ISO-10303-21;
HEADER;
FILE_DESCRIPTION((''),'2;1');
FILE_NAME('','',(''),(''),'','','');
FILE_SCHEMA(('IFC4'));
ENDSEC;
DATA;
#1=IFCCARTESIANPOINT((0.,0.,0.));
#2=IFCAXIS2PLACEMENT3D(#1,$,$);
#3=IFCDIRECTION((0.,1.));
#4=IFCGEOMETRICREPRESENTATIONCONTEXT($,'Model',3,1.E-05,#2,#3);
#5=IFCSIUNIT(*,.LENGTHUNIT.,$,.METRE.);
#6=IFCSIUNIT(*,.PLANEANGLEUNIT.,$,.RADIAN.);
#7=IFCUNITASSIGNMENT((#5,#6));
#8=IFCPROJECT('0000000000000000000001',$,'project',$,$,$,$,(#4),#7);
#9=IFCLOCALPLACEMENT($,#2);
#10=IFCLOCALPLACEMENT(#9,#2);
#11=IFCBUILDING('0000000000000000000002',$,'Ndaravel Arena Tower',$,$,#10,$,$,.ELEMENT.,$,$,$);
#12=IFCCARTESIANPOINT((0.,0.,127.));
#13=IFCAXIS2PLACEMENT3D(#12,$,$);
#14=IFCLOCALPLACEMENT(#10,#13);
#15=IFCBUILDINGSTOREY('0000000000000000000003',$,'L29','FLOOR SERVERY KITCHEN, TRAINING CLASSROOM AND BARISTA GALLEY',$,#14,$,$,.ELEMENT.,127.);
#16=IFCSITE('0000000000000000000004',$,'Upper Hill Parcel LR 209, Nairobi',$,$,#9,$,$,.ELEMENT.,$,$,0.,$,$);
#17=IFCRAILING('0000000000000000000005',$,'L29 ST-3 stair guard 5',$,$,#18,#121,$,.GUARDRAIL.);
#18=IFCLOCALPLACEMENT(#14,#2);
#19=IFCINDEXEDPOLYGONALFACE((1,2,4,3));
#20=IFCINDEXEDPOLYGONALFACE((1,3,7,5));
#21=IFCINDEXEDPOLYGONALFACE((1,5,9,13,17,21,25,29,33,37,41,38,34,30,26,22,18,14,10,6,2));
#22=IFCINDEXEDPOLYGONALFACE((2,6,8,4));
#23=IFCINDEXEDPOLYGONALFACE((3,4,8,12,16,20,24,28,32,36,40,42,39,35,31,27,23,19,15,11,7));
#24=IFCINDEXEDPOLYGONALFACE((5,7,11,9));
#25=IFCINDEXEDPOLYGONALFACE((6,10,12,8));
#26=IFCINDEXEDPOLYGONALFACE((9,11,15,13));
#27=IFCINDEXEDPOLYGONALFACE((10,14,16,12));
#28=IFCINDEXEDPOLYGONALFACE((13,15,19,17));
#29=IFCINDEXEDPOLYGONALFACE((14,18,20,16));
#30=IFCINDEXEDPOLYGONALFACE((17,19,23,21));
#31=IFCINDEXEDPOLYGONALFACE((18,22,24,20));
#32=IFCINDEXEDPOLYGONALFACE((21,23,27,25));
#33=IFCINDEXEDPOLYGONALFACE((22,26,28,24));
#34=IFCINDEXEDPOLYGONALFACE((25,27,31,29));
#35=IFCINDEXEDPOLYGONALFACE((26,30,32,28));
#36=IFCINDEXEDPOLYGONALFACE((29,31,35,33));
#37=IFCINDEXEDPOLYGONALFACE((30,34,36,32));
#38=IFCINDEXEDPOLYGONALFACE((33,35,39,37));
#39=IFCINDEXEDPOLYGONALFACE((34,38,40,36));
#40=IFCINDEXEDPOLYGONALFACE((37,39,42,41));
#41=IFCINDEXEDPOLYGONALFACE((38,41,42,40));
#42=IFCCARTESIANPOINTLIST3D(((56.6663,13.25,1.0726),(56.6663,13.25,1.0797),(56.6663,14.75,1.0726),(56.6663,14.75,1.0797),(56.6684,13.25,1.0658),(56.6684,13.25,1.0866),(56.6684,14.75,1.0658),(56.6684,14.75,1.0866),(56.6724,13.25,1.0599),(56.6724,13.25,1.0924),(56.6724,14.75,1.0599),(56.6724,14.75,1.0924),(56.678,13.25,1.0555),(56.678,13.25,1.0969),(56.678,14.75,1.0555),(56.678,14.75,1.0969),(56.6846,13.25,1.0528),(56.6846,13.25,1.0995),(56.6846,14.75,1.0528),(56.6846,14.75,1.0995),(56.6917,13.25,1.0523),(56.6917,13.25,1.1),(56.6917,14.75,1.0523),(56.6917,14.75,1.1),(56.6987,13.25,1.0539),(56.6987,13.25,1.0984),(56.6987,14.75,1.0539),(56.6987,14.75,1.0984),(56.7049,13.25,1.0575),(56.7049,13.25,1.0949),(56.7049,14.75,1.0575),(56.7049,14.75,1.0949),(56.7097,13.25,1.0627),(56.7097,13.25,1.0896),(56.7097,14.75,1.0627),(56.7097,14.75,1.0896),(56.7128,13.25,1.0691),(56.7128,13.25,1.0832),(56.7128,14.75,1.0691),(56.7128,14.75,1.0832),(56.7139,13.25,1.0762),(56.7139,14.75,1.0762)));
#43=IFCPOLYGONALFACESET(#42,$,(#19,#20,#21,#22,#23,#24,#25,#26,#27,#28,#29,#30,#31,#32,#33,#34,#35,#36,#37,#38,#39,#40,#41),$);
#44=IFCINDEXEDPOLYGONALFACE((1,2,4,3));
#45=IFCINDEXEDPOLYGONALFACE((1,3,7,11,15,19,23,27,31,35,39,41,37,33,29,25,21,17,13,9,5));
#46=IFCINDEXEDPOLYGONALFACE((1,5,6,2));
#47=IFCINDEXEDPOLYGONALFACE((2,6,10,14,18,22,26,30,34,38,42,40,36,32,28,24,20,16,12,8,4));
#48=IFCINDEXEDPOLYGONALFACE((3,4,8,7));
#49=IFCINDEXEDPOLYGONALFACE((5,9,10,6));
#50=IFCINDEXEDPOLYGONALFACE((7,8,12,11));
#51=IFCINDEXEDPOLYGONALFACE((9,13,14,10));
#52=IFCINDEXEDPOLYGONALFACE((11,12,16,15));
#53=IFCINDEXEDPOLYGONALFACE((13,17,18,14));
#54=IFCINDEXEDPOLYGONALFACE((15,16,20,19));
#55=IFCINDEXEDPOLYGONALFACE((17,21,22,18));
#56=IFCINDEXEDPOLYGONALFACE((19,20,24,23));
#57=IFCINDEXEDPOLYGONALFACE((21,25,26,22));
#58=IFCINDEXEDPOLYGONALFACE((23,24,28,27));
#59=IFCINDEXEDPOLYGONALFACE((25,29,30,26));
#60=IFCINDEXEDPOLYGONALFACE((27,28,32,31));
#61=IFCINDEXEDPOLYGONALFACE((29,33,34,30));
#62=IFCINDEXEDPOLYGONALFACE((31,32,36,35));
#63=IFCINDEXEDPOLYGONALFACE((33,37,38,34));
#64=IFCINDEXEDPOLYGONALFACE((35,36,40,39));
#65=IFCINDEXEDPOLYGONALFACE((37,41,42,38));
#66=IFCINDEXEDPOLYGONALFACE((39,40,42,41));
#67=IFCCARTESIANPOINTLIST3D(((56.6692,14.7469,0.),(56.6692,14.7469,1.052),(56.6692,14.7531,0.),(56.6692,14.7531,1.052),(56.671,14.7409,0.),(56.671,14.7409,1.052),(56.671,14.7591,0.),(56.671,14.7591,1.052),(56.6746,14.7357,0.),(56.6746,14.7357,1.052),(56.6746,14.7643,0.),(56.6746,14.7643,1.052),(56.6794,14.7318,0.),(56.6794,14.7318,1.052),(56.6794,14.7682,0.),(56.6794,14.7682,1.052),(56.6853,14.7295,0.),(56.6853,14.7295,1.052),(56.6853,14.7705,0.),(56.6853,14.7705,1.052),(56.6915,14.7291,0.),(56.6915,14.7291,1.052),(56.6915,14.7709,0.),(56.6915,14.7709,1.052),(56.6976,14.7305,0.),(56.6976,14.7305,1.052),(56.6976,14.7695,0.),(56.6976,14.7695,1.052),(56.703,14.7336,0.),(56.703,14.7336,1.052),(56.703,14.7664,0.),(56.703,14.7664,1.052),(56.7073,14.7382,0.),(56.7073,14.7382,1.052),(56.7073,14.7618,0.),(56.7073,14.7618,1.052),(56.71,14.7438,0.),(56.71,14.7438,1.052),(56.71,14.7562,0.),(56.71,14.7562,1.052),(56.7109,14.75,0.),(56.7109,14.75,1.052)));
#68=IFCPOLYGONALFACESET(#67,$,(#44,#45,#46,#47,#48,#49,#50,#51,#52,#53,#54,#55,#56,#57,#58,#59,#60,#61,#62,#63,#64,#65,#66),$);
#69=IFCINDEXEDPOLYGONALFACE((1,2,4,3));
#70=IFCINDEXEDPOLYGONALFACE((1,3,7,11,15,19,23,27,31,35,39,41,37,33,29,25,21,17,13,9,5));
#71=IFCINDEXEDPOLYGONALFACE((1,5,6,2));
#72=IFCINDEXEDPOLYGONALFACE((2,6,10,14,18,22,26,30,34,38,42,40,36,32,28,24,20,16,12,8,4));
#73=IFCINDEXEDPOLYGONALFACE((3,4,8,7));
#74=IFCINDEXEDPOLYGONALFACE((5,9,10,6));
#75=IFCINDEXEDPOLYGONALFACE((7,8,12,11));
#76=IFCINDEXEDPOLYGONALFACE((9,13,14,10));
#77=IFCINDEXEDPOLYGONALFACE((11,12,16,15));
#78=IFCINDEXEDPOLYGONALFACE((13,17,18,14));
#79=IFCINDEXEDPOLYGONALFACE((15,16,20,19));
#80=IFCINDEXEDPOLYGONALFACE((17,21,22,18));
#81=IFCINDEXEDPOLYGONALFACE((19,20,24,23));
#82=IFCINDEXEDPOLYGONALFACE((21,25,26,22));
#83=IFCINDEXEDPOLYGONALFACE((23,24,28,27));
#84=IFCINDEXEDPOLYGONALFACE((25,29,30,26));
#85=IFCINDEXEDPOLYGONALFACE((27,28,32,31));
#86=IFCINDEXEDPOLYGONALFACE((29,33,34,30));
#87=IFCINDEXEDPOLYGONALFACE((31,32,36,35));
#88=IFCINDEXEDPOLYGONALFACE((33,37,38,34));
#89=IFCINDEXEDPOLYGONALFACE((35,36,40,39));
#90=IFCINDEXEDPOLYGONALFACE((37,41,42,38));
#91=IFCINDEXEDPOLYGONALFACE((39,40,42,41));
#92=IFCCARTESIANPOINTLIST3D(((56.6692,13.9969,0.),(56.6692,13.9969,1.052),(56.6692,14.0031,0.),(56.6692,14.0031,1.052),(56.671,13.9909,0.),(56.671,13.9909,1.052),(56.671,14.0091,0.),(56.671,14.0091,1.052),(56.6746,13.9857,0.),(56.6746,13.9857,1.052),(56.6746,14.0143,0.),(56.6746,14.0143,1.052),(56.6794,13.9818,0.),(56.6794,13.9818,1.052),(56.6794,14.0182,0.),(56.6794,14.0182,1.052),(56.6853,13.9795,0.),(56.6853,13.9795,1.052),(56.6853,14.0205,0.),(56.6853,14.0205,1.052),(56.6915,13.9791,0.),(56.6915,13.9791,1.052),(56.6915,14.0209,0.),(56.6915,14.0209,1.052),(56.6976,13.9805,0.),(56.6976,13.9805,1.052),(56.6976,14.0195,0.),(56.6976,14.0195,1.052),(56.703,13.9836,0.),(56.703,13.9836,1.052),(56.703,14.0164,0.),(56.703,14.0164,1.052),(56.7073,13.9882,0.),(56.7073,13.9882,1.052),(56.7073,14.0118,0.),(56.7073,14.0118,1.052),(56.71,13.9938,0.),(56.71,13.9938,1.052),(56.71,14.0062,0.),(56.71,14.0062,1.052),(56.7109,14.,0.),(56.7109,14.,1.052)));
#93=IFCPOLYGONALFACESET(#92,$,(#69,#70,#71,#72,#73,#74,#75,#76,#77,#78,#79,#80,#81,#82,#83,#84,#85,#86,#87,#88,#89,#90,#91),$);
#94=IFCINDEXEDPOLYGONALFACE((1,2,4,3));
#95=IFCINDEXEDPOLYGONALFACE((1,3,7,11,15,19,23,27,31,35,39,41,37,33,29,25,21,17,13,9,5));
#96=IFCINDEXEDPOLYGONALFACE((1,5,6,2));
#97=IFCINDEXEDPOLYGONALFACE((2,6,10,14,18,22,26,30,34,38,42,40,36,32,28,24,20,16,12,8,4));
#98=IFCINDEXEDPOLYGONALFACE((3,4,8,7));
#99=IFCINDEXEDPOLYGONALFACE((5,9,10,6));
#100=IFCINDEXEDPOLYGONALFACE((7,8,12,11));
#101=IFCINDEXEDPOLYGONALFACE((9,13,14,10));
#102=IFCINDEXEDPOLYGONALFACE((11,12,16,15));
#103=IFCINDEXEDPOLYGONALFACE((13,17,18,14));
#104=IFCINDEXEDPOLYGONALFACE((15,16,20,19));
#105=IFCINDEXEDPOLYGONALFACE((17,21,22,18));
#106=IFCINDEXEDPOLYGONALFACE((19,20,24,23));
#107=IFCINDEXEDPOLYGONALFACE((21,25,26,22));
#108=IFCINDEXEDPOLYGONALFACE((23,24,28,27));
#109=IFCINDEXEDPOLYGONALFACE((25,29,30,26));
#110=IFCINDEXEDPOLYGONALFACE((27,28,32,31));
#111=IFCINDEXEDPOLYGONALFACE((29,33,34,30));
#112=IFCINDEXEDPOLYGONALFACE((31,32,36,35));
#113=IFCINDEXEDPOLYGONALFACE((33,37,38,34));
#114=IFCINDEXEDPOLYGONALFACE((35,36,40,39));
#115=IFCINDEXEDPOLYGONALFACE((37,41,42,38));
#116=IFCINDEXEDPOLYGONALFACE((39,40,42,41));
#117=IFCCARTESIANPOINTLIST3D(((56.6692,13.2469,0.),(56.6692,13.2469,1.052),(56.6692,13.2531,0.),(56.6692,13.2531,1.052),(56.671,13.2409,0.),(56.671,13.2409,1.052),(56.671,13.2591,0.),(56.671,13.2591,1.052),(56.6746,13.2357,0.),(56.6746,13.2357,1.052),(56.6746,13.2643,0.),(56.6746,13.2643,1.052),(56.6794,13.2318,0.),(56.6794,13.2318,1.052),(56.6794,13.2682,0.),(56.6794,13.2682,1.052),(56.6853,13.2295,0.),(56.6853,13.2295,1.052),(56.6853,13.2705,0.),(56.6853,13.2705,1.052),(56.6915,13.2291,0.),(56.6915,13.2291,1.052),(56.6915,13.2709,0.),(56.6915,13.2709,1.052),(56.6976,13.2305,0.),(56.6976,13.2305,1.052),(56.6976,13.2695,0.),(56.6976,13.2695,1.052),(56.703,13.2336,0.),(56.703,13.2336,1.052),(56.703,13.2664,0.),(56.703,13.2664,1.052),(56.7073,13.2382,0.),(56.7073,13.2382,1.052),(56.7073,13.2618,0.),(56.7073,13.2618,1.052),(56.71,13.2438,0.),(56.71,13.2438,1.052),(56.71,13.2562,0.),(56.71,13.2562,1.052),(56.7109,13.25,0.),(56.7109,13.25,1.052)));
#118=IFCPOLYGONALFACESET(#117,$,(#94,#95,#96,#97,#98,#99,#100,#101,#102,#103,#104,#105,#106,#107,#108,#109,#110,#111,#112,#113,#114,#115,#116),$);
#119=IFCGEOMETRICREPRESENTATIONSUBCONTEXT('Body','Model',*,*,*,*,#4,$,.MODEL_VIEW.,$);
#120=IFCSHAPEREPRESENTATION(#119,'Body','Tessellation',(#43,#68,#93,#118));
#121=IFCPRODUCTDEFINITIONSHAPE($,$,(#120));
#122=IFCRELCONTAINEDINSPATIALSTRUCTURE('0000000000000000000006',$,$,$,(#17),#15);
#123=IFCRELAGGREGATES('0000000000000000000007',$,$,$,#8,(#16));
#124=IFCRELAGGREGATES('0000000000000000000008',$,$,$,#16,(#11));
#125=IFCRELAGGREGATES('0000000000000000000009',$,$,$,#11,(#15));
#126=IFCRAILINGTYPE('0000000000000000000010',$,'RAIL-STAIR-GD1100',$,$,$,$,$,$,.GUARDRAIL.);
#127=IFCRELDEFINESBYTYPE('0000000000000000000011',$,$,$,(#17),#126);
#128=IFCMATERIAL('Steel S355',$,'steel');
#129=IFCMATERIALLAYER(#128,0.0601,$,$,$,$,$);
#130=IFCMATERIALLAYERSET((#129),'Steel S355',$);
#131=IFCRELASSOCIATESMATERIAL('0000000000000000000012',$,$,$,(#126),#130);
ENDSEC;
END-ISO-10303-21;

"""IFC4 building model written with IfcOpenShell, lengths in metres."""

from ifc_helpers import new_model, si_unit, direction, frame, origin, origin_2d, place, context, subcontext, project, spatial, circle, extrude, material, layer, layer_set, type_object, element, save


model = new_model("IFC4")

# Units and contexts
model_context = context("Model", 3, precision=1e-05, world=origin(), true_north=direction((0.0, 1.0)))
body_context = subcontext(model_context, "Body", "Model", "MODEL_VIEW")
ifc_project = project(units=[si_unit("LENGTHUNIT", "METRE"), si_unit("PLANEANGLEUNIT", "RADIAN")], contexts=[model_context])

# Site, building, storey
site_placement = place(None, origin())
site = spatial("IfcSite", under=ifc_project, at=site_placement, Name="Upper Hill Parcel LR 209, Nairobi", CompositionType="ELEMENT", RefElevation=0.0)
building_placement = place(site_placement, origin())
building = spatial("IfcBuilding", under=site, at=building_placement, Name="Ndaravel Arena Tower", CompositionType="ELEMENT")
storey_placement = place(building_placement, frame((0.0, 0.0, 127.0)))
storey = spatial("IfcBuildingStorey", under=building, at=storey_placement, Name="L29", Description="FLOOR SERVERY KITCHEN, TRAINING CLASSROOM AND BARISTA GALLEY", CompositionType="ELEMENT", Elevation=127.0)

# Railing
ifc_material_1 = material(Name="Steel S355", Category="steel")
ifc_layer_1 = layer(ifc_material_1, 0.0601)
ifc_layer_set_1 = layer_set([ifc_layer_1], Name="Steel S355")
railing_type = type_object("IfcRailingType", Name="RAIL-STAIR-GD1100", PredefinedType="GUARDRAIL", material=ifc_layer_set_1)
railing_placement = place(storey_placement, frame((56.6899, 14.75, 0.0)))
element("IfcRailing", 1, at=railing_placement, inside=storey, type_object=railing_type, Name="L29 ST-3 stair guard 5", PredefinedType="GUARDRAIL", context=body_context, shape_type="SweptSolid", body=[
    extrude(circle(Radius=0.0239, at=origin_2d()), frame((0.0, 0.0, 1.0762), z_axis=(0.0, -1.0, 0.0), x_axis=(1.0, 0.0, 0.0)), (0.0, 0.0, 1.0), 1.5),
    extrude(circle(Radius=0.021, at=origin_2d()), origin(), (0.0, 0.0, 1.0), 1.052),
    extrude(circle(Radius=0.021, at=origin_2d()), frame((0.0, -0.75, 0.0)), (0.0, 0.0, 1.0), 1.052),
    extrude(circle(Radius=0.021, at=origin_2d()), frame((0.0, -1.5, 0.0)), (0.0, 0.0, 1.0), 1.052),
])

save(model, "model.ifc")
